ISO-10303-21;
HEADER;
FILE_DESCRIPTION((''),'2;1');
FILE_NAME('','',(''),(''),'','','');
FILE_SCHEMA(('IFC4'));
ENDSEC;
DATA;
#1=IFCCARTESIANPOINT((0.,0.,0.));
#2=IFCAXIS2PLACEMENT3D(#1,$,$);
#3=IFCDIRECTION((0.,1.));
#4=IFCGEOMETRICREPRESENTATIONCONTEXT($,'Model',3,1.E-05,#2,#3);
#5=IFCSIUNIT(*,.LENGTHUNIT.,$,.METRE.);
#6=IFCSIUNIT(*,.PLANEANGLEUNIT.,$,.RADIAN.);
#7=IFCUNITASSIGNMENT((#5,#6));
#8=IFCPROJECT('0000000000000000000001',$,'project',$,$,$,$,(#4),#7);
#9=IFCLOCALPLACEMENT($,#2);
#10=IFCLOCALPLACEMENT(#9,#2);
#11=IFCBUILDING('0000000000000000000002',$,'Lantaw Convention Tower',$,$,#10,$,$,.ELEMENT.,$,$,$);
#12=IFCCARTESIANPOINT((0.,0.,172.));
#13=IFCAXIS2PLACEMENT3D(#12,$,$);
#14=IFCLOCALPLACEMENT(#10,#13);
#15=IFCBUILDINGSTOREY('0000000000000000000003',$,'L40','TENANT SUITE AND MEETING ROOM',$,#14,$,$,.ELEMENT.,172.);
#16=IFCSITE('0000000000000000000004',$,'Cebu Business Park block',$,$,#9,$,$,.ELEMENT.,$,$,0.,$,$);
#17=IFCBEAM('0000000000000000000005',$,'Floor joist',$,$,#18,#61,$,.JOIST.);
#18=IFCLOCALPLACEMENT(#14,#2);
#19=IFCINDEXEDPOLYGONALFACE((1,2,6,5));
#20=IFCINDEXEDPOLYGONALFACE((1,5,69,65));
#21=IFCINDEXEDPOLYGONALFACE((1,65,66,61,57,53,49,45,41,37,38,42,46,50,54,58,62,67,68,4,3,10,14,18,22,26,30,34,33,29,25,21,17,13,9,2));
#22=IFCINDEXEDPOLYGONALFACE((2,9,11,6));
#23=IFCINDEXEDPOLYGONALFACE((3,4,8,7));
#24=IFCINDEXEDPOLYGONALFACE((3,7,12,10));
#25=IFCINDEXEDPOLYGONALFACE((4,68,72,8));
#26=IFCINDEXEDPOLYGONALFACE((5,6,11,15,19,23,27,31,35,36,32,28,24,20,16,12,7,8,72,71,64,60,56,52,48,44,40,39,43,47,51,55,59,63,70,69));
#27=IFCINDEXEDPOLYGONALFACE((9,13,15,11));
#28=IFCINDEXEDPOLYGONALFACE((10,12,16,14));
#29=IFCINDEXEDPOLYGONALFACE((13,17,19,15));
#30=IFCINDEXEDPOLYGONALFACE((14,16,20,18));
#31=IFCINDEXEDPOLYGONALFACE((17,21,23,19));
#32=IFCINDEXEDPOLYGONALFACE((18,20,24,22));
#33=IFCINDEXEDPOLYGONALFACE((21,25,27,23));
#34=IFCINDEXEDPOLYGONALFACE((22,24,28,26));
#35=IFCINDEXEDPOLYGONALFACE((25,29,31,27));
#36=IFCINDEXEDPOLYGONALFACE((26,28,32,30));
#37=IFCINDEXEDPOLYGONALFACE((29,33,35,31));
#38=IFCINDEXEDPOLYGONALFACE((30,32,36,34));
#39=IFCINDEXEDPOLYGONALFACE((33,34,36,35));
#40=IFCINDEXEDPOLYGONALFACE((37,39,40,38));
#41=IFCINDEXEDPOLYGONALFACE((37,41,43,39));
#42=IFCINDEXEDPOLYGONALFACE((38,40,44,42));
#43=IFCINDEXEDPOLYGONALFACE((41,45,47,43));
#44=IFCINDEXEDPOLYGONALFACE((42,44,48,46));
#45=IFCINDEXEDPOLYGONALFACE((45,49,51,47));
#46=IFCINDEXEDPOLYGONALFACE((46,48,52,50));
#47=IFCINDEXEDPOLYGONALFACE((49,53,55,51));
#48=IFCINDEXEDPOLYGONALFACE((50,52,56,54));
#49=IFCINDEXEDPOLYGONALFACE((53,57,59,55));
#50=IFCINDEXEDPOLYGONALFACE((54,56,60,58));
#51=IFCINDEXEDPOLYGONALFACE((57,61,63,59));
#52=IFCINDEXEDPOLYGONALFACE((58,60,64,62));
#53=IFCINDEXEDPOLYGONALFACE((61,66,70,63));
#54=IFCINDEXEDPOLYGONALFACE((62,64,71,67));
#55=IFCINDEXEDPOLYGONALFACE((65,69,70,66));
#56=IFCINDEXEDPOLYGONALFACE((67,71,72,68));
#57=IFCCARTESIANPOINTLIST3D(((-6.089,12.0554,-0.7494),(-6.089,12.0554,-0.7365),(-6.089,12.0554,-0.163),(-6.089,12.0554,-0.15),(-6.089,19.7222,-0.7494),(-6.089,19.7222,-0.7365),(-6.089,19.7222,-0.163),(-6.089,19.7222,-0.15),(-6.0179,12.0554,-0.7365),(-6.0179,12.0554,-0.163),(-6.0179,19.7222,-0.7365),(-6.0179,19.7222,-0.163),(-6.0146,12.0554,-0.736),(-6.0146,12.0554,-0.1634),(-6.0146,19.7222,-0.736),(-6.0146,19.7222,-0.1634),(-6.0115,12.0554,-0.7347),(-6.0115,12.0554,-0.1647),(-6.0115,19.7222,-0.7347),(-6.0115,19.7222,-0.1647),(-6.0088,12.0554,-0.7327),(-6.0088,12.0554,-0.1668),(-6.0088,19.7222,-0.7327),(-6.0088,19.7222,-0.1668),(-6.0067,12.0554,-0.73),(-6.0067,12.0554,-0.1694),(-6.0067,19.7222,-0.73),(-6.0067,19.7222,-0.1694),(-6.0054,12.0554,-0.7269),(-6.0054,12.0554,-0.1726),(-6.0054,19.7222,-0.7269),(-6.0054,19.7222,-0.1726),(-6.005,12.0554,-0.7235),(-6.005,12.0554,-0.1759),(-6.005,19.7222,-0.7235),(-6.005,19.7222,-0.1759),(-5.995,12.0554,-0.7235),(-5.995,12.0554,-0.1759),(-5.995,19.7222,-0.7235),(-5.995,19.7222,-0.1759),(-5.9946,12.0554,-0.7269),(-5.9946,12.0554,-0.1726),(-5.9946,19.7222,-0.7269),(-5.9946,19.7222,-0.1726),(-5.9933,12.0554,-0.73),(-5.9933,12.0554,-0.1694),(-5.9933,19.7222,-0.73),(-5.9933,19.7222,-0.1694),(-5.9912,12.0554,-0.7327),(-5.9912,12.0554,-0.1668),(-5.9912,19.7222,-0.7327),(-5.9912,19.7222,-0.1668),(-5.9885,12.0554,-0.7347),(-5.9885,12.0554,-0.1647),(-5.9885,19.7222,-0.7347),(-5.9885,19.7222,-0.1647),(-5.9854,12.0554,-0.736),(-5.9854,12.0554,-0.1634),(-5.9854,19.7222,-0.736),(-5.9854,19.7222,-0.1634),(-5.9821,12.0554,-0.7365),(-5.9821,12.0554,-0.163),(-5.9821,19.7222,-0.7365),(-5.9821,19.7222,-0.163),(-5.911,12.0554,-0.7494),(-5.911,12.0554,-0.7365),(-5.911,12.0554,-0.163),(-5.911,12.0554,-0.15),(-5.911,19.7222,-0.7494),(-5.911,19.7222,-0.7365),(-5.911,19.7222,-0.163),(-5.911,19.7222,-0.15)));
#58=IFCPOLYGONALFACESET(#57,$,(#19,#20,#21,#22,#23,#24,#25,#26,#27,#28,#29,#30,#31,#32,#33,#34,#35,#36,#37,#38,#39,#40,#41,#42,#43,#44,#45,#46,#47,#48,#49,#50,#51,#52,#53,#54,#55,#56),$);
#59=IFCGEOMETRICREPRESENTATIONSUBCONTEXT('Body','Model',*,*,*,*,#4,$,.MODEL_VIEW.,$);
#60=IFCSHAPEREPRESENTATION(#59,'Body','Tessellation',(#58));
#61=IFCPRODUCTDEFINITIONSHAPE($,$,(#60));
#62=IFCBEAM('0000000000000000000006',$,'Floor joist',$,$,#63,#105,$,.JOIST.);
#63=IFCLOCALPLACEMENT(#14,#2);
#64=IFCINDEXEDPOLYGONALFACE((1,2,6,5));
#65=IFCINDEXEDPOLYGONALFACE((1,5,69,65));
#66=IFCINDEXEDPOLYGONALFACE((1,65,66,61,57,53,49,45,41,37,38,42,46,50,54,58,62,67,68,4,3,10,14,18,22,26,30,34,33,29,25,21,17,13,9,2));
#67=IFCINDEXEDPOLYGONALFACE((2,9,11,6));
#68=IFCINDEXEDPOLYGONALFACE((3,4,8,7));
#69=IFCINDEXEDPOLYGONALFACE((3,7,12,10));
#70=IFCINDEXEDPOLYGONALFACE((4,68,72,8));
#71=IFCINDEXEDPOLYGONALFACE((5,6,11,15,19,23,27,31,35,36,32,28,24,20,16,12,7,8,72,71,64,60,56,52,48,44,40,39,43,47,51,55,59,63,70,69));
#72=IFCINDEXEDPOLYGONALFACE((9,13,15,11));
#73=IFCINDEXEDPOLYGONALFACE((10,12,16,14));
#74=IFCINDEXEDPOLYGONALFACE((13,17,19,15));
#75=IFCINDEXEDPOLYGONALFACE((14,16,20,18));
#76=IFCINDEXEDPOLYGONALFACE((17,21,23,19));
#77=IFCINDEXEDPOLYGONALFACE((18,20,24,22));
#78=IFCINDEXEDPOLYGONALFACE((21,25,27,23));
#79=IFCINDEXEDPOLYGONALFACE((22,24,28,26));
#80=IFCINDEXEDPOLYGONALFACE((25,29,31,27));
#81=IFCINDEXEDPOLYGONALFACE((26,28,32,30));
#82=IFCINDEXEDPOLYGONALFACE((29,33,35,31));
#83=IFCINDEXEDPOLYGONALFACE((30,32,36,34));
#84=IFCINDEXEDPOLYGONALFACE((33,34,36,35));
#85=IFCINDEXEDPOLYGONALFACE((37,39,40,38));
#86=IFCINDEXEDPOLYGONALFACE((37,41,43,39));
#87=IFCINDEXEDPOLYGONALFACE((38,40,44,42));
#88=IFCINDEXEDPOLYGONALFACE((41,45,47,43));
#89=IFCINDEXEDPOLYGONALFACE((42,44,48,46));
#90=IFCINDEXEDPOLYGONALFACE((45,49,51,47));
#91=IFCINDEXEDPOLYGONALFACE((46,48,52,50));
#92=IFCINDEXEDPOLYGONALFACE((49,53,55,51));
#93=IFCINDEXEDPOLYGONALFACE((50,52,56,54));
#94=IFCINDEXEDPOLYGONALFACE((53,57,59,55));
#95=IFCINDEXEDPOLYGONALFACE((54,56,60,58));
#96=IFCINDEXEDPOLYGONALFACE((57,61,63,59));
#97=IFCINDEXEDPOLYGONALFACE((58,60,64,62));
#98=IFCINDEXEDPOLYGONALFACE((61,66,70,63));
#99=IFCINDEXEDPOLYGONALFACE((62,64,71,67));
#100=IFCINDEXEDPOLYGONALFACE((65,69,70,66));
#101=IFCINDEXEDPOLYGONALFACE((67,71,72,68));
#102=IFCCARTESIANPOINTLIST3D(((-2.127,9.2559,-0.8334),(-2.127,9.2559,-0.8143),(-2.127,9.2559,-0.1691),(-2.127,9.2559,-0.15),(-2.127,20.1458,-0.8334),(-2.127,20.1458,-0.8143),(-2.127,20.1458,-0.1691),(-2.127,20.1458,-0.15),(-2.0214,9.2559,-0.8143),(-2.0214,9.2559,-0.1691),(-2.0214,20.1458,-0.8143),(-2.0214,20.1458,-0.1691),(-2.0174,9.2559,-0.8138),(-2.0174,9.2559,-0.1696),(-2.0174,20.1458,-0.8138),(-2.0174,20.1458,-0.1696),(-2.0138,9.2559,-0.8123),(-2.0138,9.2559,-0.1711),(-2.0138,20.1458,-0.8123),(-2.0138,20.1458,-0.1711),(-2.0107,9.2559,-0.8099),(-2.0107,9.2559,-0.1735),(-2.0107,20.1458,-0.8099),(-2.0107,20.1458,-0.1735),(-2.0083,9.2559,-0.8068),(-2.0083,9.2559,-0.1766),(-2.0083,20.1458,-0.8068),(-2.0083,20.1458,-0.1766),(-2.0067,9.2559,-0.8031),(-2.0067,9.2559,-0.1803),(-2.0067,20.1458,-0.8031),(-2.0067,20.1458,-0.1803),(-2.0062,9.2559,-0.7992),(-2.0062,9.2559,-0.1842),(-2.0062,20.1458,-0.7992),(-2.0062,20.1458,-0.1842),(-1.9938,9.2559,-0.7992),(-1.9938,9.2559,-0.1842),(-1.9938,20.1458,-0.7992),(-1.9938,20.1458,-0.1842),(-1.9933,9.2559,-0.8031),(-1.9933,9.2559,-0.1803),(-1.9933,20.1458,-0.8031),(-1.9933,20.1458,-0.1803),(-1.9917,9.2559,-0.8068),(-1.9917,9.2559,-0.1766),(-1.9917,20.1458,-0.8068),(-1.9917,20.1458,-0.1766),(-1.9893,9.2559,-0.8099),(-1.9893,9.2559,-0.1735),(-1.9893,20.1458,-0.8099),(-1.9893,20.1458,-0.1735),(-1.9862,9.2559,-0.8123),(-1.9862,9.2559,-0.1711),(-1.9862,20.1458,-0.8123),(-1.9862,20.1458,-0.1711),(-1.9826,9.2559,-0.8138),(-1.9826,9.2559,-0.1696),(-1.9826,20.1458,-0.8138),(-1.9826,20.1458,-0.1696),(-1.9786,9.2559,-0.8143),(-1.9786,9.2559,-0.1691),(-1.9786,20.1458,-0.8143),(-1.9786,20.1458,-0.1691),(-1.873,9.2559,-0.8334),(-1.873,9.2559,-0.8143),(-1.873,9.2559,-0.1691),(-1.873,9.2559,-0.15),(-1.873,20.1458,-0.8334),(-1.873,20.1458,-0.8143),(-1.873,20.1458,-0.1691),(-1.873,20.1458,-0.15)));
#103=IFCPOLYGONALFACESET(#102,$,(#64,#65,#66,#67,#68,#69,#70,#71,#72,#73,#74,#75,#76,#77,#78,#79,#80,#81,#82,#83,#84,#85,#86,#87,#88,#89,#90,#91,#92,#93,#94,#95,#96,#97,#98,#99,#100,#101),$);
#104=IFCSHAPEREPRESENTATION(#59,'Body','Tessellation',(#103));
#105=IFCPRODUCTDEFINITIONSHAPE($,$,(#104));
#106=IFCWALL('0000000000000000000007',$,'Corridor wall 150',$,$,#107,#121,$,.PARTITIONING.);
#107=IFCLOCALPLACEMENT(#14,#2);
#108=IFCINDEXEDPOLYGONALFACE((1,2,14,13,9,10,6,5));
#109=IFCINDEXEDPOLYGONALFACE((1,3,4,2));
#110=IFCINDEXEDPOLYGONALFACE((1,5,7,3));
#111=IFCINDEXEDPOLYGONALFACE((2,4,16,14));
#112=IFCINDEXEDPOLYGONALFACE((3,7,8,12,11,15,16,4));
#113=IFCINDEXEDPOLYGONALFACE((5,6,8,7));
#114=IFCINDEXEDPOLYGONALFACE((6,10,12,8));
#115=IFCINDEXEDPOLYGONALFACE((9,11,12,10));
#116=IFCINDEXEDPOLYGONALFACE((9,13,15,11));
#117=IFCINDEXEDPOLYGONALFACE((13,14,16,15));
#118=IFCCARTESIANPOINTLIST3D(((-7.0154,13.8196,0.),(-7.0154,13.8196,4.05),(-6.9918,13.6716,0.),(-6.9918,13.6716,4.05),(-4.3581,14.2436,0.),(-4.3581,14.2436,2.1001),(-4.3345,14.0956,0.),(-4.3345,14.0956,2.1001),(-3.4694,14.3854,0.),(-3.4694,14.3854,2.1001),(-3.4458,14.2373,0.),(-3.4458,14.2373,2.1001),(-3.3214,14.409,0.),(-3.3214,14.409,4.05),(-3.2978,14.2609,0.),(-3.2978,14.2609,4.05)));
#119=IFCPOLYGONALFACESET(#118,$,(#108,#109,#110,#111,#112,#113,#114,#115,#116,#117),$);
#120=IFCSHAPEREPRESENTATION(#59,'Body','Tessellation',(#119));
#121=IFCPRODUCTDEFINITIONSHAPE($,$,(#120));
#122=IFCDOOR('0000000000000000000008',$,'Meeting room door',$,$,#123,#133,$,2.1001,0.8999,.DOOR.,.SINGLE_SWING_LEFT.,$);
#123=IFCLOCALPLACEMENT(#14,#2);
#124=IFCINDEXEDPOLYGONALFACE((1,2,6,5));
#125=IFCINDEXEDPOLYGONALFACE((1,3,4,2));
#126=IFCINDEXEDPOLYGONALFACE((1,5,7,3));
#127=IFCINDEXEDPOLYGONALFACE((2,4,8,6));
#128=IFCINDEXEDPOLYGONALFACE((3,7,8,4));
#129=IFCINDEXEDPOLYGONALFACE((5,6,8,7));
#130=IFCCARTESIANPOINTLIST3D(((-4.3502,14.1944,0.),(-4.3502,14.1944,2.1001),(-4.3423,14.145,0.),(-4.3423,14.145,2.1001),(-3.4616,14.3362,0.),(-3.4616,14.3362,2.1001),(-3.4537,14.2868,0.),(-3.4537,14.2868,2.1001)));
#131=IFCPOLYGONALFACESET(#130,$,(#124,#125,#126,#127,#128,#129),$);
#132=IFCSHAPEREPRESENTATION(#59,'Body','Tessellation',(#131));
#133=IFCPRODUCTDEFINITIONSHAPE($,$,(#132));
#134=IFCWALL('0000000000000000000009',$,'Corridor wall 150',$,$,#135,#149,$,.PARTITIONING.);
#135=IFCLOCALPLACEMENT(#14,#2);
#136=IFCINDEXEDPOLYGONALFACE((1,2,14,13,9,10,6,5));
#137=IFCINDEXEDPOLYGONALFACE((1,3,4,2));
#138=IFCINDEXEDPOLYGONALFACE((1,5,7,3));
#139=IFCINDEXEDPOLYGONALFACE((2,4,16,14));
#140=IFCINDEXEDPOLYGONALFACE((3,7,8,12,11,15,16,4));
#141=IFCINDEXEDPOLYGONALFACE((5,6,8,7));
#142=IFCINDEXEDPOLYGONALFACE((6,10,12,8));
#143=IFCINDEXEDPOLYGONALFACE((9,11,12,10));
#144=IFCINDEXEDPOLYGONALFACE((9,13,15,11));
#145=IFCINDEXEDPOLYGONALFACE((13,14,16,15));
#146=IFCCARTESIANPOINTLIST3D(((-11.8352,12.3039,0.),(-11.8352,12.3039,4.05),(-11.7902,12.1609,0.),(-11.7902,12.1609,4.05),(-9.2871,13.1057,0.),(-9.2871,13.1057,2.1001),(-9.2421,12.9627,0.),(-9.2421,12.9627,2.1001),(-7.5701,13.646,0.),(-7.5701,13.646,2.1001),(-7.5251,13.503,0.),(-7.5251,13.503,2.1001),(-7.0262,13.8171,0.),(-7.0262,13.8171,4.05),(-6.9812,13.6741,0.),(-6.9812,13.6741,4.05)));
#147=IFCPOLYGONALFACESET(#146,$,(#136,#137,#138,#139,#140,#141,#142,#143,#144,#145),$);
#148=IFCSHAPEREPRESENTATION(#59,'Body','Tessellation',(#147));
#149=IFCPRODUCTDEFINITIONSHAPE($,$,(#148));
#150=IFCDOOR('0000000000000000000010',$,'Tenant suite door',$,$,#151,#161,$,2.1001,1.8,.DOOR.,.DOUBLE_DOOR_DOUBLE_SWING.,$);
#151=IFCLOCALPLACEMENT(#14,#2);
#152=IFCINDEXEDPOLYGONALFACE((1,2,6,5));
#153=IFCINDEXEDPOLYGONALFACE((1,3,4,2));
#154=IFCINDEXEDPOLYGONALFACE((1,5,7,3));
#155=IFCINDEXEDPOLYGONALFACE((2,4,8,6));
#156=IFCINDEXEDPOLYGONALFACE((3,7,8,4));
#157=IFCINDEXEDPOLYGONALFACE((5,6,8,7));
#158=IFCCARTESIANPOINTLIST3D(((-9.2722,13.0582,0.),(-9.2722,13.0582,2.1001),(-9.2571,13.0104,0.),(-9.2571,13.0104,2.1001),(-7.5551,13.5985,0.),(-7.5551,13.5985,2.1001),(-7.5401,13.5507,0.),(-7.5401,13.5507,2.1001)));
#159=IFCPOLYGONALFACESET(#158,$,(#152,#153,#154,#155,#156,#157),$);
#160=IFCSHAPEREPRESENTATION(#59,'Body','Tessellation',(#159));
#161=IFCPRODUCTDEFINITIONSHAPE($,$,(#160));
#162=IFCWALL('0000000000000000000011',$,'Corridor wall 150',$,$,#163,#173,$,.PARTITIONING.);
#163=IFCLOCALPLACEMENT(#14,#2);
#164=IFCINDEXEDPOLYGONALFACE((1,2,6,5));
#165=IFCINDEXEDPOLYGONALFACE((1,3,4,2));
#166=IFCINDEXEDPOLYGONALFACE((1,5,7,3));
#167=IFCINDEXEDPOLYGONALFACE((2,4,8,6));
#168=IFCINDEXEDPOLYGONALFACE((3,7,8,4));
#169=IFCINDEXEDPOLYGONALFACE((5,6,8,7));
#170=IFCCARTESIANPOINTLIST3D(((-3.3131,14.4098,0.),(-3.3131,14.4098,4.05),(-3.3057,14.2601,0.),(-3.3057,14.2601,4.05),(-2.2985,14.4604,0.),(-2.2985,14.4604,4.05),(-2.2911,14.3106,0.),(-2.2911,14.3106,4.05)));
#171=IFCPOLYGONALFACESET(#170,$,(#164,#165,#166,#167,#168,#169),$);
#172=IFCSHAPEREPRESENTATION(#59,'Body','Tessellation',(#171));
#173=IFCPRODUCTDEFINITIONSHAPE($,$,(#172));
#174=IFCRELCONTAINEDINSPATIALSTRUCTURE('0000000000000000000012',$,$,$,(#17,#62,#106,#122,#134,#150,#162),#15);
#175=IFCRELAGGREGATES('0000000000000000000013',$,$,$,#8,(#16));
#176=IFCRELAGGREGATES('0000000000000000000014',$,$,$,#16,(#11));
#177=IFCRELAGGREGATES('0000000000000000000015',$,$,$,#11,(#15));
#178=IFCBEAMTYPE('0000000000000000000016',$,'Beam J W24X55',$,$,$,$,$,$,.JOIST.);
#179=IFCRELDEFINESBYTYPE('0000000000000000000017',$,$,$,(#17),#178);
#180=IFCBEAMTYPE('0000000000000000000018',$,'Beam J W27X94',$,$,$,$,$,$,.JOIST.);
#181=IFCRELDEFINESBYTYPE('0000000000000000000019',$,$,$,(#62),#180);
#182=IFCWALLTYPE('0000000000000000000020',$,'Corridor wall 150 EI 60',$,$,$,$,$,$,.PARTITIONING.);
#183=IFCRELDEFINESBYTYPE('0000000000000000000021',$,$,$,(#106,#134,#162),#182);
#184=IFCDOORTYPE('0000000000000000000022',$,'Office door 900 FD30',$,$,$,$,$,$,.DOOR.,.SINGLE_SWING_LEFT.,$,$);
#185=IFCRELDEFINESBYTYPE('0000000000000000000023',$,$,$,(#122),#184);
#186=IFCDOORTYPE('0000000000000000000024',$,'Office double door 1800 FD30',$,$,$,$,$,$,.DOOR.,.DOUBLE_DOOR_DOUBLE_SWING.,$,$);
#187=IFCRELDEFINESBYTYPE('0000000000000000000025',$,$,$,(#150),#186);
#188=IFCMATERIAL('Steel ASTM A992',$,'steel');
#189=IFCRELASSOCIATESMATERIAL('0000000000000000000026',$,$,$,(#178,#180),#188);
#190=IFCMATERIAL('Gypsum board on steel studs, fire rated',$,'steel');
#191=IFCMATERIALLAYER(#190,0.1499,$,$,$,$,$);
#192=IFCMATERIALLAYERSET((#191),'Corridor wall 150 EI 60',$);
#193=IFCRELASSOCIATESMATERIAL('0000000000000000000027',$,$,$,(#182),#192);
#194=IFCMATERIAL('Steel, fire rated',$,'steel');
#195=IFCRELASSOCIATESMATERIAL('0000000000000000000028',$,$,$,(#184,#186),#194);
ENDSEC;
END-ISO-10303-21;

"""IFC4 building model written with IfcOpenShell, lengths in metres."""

from ifc_helpers import new_model, si_unit, direction, frame, frame_2d, origin, origin_2d, place, context, subcontext, project, spatial, rectangle, i_section, extrude, material, layer, layer_set, material_profile, profile_set, type_object, element, fill, save


model = new_model("IFC4")

# Units and contexts
model_context = context("Model", 3, precision=1e-05, world=origin(), true_north=direction((0.0, 1.0)))
body_context = subcontext(model_context, "Body", "Model", "MODEL_VIEW")
ifc_project = project(units=[si_unit("LENGTHUNIT", "METRE"), si_unit("PLANEANGLEUNIT", "RADIAN")], contexts=[model_context])

# Site, building, storey
site_placement = place(None, origin())
site = spatial("IfcSite", under=ifc_project, at=site_placement, Name="Cebu Business Park block", CompositionType="ELEMENT", RefElevation=0.0)
building_placement = place(site_placement, origin())
building = spatial("IfcBuilding", under=site, at=building_placement, Name="Lantaw Convention Tower", CompositionType="ELEMENT")
storey_placement = place(building_placement, frame((0.0, 0.0, 172.0)))
storey = spatial("IfcBuildingStorey", under=building, at=storey_placement, Name="L40", Description="TENANT SUITE AND MEETING ROOM", CompositionType="ELEMENT", Elevation=172.0)

# Beams
ifc_material_1 = material(Name="Steel ASTM A992", Category="steel")
ifc_material_profile_1 = material_profile(ifc_material_1, i_section(OverallWidth=0.178, OverallDepth=0.5994, WebThickness=0.01, FlangeThickness=0.0129, FilletRadius=0.0129, at=origin_2d()), Name="W24X55")
ifc_profile_set_1 = profile_set([ifc_material_profile_1], Name="Steel ASTM A992")
beam_type_1 = type_object("IfcBeamType", Name="Beam J W24X55", PredefinedType="JOIST", material=ifc_profile_set_1)
beam_1_placement = place(storey_placement, frame((-6.0, 12.0554, -0.4497), z_axis=(0.0, 1.0, 0.0), x_axis=(-1.0, 0.0, 0.0)))
element("IfcBeam", 1, at=beam_1_placement, inside=storey, type_object=beam_type_1, Name="Floor joist", PredefinedType="JOIST", context=body_context, shape_type="SweptSolid", body=[
    extrude(i_section(OverallWidth=0.178, OverallDepth=0.5994, WebThickness=0.01, FlangeThickness=0.0129, FilletRadius=0.0129, at=origin_2d()), origin(), (0.0, 0.0, 1.0), 7.6667),
])
ifc_material_profile_2 = material_profile(ifc_material_1, i_section(OverallWidth=0.2539, OverallDepth=0.6833, WebThickness=0.0125, FlangeThickness=0.019, FilletRadius=0.0151, at=origin_2d()), Name="W27X94")
ifc_profile_set_2 = profile_set([ifc_material_profile_2], Name="Steel ASTM A992")
beam_type_2 = type_object("IfcBeamType", Name="Beam J W27X94", PredefinedType="JOIST", material=ifc_profile_set_2)
beam_2_placement = place(storey_placement, frame((-2.0, 9.2559, -0.4917), z_axis=(0.0, 1.0, 0.0), x_axis=(-1.0, 0.0, 0.0)))
element("IfcBeam", 2, at=beam_2_placement, inside=storey, type_object=beam_type_2, Name="Floor joist", PredefinedType="JOIST", context=body_context, shape_type="SweptSolid", body=[
    extrude(i_section(OverallWidth=0.2539, OverallDepth=0.6833, WebThickness=0.0125, FlangeThickness=0.019, FilletRadius=0.0151, at=origin_2d()), origin(), (0.0, 0.0, 1.0), 10.8899),
])

# Walls, openings, doors
ifc_material_2 = material(Name="Gypsum board on steel studs, fire rated", Category="steel")
ifc_layer_1 = layer(ifc_material_2, 0.1499)
ifc_layer_set_1 = layer_set([ifc_layer_1], Name="Corridor wall 150 EI 60")
wall_type_1 = type_object("IfcWallType", Name="Corridor wall 150 EI 60", PredefinedType="PARTITIONING", material=ifc_layer_set_1)
wall_1_placement = place(storey_placement, frame((-3.3096, 14.335, 0.0), z_axis=(0.0, 0.0, 1.0), x_axis=(-0.987511, -0.157548, 0.0)))
wall_1 = element("IfcWall", 3, at=wall_1_placement, inside=storey, type_object=wall_type_1, Name="Corridor wall 150", PredefinedType="PARTITIONING", context=body_context, shape_type="SweptSolid", body=[
    extrude(rectangle(XDim=3.7407, YDim=0.1499, at=frame_2d((1.8704, 0.0))), origin(), (0.0, 0.0, 1.0), 4.05),
])
opening_1_placement = place(wall_1_placement, frame((0.1499, 0.0, 0.0)))
opening_1 = element("IfcOpeningElement", 4, at=opening_1_placement, cuts=wall_1, PredefinedType="OPENING", context=body_context, shape_type="SweptSolid", body=[
    extrude(rectangle(XDim=0.8999, YDim=2.1001, at=frame_2d((0.45, 1.05))), frame((0.0, 0.085, 0.0), z_axis=(0.0, -1.0, 0.0), x_axis=(1.0, 0.0, 0.0)), (0.0, 0.0, 1.0), 0.1699),
])
ifc_material_3 = material(Name="Steel, fire rated", Category="steel")
door_type_1 = type_object("IfcDoorType", Name="Office door 900 FD30", OperationType="SINGLE_SWING_LEFT", PredefinedType="DOOR", material=ifc_material_3)
door_1_placement = place(opening_1_placement, origin())
door_1 = element("IfcDoor", 5, at=door_1_placement, inside=storey, type_object=door_type_1, Name="Meeting room door", OperationType="SINGLE_SWING_LEFT", OverallHeight=2.1001, OverallWidth=0.8999, PredefinedType="DOOR", context=body_context, shape_type="SweptSolid", body=[
    extrude(rectangle(XDim=0.8999, YDim=2.1001, at=frame_2d((0.45, 1.05))), frame((0.0, 0.0249, 0.0), z_axis=(0.0, -1.0, 0.0), x_axis=(1.0, 0.0, 0.0)), (0.0, 0.0, 1.0), 0.05),
])
fill(opening_1, door_1)
wall_2_placement = place(storey_placement, frame((-7.0037, 13.7456, 0.0), z_axis=(0.0, 0.0, 1.0), x_axis=(-0.953894, -0.300144, 0.0)))
wall_2 = element("IfcWall", 6, at=wall_2_placement, inside=storey, type_object=wall_type_1, Name="Corridor wall 150", PredefinedType="PARTITIONING", context=body_context, shape_type="SweptSolid", body=[
    extrude(rectangle(XDim=5.0415, YDim=0.1499, at=frame_2d((2.5208, 0.0))), origin(), (0.0, 0.0, 1.0), 4.05),
])
opening_2_placement = place(wall_2_placement, frame((0.5703, 0.0, 0.0)))
opening_2 = element("IfcOpeningElement", 7, at=opening_2_placement, cuts=wall_2, PredefinedType="OPENING", context=body_context, shape_type="SweptSolid", body=[
    extrude(rectangle(XDim=1.8, YDim=2.1001, at=frame_2d((0.8999, 1.05))), frame((0.0, 0.085, 0.0), z_axis=(0.0, -1.0, 0.0), x_axis=(1.0, 0.0, 0.0)), (0.0, 0.0, 1.0), 0.1699),
])
door_type_2 = type_object("IfcDoorType", Name="Office double door 1800 FD30", OperationType="DOUBLE_DOOR_DOUBLE_SWING", PredefinedType="DOOR", material=ifc_material_3)
door_2_placement = place(opening_2_placement, origin())
door_2 = element("IfcDoor", 8, at=door_2_placement, inside=storey, type_object=door_type_2, Name="Tenant suite door", OperationType="DOUBLE_DOOR_DOUBLE_SWING", OverallHeight=2.1001, OverallWidth=1.8, PredefinedType="DOOR", context=body_context, shape_type="SweptSolid", body=[
    extrude(rectangle(XDim=1.8, YDim=2.1001, at=frame_2d((0.8999, 1.05))), frame((0.0, 0.0249, 0.0), z_axis=(0.0, -1.0, 0.0), x_axis=(1.0, 0.0, 0.0)), (0.0, 0.0, 1.0), 0.05),
])
fill(opening_2, door_2)

# Wall
wall_3_placement = place(storey_placement, frame((-2.2949, 14.3855, 0.0), z_axis=(0.0, 0.0, 1.0), x_axis=(-0.998762, -0.049746, 0.0)))
element("IfcWall", 9, at=wall_3_placement, inside=storey, type_object=wall_type_1, Name="Corridor wall 150", PredefinedType="PARTITIONING", context=body_context, shape_type="SweptSolid", body=[
    extrude(rectangle(XDim=1.0159, YDim=0.1499, at=frame_2d((0.5078, 0.0))), origin(), (0.0, 0.0, 1.0), 4.05),
])

save(model, "model.ifc")
